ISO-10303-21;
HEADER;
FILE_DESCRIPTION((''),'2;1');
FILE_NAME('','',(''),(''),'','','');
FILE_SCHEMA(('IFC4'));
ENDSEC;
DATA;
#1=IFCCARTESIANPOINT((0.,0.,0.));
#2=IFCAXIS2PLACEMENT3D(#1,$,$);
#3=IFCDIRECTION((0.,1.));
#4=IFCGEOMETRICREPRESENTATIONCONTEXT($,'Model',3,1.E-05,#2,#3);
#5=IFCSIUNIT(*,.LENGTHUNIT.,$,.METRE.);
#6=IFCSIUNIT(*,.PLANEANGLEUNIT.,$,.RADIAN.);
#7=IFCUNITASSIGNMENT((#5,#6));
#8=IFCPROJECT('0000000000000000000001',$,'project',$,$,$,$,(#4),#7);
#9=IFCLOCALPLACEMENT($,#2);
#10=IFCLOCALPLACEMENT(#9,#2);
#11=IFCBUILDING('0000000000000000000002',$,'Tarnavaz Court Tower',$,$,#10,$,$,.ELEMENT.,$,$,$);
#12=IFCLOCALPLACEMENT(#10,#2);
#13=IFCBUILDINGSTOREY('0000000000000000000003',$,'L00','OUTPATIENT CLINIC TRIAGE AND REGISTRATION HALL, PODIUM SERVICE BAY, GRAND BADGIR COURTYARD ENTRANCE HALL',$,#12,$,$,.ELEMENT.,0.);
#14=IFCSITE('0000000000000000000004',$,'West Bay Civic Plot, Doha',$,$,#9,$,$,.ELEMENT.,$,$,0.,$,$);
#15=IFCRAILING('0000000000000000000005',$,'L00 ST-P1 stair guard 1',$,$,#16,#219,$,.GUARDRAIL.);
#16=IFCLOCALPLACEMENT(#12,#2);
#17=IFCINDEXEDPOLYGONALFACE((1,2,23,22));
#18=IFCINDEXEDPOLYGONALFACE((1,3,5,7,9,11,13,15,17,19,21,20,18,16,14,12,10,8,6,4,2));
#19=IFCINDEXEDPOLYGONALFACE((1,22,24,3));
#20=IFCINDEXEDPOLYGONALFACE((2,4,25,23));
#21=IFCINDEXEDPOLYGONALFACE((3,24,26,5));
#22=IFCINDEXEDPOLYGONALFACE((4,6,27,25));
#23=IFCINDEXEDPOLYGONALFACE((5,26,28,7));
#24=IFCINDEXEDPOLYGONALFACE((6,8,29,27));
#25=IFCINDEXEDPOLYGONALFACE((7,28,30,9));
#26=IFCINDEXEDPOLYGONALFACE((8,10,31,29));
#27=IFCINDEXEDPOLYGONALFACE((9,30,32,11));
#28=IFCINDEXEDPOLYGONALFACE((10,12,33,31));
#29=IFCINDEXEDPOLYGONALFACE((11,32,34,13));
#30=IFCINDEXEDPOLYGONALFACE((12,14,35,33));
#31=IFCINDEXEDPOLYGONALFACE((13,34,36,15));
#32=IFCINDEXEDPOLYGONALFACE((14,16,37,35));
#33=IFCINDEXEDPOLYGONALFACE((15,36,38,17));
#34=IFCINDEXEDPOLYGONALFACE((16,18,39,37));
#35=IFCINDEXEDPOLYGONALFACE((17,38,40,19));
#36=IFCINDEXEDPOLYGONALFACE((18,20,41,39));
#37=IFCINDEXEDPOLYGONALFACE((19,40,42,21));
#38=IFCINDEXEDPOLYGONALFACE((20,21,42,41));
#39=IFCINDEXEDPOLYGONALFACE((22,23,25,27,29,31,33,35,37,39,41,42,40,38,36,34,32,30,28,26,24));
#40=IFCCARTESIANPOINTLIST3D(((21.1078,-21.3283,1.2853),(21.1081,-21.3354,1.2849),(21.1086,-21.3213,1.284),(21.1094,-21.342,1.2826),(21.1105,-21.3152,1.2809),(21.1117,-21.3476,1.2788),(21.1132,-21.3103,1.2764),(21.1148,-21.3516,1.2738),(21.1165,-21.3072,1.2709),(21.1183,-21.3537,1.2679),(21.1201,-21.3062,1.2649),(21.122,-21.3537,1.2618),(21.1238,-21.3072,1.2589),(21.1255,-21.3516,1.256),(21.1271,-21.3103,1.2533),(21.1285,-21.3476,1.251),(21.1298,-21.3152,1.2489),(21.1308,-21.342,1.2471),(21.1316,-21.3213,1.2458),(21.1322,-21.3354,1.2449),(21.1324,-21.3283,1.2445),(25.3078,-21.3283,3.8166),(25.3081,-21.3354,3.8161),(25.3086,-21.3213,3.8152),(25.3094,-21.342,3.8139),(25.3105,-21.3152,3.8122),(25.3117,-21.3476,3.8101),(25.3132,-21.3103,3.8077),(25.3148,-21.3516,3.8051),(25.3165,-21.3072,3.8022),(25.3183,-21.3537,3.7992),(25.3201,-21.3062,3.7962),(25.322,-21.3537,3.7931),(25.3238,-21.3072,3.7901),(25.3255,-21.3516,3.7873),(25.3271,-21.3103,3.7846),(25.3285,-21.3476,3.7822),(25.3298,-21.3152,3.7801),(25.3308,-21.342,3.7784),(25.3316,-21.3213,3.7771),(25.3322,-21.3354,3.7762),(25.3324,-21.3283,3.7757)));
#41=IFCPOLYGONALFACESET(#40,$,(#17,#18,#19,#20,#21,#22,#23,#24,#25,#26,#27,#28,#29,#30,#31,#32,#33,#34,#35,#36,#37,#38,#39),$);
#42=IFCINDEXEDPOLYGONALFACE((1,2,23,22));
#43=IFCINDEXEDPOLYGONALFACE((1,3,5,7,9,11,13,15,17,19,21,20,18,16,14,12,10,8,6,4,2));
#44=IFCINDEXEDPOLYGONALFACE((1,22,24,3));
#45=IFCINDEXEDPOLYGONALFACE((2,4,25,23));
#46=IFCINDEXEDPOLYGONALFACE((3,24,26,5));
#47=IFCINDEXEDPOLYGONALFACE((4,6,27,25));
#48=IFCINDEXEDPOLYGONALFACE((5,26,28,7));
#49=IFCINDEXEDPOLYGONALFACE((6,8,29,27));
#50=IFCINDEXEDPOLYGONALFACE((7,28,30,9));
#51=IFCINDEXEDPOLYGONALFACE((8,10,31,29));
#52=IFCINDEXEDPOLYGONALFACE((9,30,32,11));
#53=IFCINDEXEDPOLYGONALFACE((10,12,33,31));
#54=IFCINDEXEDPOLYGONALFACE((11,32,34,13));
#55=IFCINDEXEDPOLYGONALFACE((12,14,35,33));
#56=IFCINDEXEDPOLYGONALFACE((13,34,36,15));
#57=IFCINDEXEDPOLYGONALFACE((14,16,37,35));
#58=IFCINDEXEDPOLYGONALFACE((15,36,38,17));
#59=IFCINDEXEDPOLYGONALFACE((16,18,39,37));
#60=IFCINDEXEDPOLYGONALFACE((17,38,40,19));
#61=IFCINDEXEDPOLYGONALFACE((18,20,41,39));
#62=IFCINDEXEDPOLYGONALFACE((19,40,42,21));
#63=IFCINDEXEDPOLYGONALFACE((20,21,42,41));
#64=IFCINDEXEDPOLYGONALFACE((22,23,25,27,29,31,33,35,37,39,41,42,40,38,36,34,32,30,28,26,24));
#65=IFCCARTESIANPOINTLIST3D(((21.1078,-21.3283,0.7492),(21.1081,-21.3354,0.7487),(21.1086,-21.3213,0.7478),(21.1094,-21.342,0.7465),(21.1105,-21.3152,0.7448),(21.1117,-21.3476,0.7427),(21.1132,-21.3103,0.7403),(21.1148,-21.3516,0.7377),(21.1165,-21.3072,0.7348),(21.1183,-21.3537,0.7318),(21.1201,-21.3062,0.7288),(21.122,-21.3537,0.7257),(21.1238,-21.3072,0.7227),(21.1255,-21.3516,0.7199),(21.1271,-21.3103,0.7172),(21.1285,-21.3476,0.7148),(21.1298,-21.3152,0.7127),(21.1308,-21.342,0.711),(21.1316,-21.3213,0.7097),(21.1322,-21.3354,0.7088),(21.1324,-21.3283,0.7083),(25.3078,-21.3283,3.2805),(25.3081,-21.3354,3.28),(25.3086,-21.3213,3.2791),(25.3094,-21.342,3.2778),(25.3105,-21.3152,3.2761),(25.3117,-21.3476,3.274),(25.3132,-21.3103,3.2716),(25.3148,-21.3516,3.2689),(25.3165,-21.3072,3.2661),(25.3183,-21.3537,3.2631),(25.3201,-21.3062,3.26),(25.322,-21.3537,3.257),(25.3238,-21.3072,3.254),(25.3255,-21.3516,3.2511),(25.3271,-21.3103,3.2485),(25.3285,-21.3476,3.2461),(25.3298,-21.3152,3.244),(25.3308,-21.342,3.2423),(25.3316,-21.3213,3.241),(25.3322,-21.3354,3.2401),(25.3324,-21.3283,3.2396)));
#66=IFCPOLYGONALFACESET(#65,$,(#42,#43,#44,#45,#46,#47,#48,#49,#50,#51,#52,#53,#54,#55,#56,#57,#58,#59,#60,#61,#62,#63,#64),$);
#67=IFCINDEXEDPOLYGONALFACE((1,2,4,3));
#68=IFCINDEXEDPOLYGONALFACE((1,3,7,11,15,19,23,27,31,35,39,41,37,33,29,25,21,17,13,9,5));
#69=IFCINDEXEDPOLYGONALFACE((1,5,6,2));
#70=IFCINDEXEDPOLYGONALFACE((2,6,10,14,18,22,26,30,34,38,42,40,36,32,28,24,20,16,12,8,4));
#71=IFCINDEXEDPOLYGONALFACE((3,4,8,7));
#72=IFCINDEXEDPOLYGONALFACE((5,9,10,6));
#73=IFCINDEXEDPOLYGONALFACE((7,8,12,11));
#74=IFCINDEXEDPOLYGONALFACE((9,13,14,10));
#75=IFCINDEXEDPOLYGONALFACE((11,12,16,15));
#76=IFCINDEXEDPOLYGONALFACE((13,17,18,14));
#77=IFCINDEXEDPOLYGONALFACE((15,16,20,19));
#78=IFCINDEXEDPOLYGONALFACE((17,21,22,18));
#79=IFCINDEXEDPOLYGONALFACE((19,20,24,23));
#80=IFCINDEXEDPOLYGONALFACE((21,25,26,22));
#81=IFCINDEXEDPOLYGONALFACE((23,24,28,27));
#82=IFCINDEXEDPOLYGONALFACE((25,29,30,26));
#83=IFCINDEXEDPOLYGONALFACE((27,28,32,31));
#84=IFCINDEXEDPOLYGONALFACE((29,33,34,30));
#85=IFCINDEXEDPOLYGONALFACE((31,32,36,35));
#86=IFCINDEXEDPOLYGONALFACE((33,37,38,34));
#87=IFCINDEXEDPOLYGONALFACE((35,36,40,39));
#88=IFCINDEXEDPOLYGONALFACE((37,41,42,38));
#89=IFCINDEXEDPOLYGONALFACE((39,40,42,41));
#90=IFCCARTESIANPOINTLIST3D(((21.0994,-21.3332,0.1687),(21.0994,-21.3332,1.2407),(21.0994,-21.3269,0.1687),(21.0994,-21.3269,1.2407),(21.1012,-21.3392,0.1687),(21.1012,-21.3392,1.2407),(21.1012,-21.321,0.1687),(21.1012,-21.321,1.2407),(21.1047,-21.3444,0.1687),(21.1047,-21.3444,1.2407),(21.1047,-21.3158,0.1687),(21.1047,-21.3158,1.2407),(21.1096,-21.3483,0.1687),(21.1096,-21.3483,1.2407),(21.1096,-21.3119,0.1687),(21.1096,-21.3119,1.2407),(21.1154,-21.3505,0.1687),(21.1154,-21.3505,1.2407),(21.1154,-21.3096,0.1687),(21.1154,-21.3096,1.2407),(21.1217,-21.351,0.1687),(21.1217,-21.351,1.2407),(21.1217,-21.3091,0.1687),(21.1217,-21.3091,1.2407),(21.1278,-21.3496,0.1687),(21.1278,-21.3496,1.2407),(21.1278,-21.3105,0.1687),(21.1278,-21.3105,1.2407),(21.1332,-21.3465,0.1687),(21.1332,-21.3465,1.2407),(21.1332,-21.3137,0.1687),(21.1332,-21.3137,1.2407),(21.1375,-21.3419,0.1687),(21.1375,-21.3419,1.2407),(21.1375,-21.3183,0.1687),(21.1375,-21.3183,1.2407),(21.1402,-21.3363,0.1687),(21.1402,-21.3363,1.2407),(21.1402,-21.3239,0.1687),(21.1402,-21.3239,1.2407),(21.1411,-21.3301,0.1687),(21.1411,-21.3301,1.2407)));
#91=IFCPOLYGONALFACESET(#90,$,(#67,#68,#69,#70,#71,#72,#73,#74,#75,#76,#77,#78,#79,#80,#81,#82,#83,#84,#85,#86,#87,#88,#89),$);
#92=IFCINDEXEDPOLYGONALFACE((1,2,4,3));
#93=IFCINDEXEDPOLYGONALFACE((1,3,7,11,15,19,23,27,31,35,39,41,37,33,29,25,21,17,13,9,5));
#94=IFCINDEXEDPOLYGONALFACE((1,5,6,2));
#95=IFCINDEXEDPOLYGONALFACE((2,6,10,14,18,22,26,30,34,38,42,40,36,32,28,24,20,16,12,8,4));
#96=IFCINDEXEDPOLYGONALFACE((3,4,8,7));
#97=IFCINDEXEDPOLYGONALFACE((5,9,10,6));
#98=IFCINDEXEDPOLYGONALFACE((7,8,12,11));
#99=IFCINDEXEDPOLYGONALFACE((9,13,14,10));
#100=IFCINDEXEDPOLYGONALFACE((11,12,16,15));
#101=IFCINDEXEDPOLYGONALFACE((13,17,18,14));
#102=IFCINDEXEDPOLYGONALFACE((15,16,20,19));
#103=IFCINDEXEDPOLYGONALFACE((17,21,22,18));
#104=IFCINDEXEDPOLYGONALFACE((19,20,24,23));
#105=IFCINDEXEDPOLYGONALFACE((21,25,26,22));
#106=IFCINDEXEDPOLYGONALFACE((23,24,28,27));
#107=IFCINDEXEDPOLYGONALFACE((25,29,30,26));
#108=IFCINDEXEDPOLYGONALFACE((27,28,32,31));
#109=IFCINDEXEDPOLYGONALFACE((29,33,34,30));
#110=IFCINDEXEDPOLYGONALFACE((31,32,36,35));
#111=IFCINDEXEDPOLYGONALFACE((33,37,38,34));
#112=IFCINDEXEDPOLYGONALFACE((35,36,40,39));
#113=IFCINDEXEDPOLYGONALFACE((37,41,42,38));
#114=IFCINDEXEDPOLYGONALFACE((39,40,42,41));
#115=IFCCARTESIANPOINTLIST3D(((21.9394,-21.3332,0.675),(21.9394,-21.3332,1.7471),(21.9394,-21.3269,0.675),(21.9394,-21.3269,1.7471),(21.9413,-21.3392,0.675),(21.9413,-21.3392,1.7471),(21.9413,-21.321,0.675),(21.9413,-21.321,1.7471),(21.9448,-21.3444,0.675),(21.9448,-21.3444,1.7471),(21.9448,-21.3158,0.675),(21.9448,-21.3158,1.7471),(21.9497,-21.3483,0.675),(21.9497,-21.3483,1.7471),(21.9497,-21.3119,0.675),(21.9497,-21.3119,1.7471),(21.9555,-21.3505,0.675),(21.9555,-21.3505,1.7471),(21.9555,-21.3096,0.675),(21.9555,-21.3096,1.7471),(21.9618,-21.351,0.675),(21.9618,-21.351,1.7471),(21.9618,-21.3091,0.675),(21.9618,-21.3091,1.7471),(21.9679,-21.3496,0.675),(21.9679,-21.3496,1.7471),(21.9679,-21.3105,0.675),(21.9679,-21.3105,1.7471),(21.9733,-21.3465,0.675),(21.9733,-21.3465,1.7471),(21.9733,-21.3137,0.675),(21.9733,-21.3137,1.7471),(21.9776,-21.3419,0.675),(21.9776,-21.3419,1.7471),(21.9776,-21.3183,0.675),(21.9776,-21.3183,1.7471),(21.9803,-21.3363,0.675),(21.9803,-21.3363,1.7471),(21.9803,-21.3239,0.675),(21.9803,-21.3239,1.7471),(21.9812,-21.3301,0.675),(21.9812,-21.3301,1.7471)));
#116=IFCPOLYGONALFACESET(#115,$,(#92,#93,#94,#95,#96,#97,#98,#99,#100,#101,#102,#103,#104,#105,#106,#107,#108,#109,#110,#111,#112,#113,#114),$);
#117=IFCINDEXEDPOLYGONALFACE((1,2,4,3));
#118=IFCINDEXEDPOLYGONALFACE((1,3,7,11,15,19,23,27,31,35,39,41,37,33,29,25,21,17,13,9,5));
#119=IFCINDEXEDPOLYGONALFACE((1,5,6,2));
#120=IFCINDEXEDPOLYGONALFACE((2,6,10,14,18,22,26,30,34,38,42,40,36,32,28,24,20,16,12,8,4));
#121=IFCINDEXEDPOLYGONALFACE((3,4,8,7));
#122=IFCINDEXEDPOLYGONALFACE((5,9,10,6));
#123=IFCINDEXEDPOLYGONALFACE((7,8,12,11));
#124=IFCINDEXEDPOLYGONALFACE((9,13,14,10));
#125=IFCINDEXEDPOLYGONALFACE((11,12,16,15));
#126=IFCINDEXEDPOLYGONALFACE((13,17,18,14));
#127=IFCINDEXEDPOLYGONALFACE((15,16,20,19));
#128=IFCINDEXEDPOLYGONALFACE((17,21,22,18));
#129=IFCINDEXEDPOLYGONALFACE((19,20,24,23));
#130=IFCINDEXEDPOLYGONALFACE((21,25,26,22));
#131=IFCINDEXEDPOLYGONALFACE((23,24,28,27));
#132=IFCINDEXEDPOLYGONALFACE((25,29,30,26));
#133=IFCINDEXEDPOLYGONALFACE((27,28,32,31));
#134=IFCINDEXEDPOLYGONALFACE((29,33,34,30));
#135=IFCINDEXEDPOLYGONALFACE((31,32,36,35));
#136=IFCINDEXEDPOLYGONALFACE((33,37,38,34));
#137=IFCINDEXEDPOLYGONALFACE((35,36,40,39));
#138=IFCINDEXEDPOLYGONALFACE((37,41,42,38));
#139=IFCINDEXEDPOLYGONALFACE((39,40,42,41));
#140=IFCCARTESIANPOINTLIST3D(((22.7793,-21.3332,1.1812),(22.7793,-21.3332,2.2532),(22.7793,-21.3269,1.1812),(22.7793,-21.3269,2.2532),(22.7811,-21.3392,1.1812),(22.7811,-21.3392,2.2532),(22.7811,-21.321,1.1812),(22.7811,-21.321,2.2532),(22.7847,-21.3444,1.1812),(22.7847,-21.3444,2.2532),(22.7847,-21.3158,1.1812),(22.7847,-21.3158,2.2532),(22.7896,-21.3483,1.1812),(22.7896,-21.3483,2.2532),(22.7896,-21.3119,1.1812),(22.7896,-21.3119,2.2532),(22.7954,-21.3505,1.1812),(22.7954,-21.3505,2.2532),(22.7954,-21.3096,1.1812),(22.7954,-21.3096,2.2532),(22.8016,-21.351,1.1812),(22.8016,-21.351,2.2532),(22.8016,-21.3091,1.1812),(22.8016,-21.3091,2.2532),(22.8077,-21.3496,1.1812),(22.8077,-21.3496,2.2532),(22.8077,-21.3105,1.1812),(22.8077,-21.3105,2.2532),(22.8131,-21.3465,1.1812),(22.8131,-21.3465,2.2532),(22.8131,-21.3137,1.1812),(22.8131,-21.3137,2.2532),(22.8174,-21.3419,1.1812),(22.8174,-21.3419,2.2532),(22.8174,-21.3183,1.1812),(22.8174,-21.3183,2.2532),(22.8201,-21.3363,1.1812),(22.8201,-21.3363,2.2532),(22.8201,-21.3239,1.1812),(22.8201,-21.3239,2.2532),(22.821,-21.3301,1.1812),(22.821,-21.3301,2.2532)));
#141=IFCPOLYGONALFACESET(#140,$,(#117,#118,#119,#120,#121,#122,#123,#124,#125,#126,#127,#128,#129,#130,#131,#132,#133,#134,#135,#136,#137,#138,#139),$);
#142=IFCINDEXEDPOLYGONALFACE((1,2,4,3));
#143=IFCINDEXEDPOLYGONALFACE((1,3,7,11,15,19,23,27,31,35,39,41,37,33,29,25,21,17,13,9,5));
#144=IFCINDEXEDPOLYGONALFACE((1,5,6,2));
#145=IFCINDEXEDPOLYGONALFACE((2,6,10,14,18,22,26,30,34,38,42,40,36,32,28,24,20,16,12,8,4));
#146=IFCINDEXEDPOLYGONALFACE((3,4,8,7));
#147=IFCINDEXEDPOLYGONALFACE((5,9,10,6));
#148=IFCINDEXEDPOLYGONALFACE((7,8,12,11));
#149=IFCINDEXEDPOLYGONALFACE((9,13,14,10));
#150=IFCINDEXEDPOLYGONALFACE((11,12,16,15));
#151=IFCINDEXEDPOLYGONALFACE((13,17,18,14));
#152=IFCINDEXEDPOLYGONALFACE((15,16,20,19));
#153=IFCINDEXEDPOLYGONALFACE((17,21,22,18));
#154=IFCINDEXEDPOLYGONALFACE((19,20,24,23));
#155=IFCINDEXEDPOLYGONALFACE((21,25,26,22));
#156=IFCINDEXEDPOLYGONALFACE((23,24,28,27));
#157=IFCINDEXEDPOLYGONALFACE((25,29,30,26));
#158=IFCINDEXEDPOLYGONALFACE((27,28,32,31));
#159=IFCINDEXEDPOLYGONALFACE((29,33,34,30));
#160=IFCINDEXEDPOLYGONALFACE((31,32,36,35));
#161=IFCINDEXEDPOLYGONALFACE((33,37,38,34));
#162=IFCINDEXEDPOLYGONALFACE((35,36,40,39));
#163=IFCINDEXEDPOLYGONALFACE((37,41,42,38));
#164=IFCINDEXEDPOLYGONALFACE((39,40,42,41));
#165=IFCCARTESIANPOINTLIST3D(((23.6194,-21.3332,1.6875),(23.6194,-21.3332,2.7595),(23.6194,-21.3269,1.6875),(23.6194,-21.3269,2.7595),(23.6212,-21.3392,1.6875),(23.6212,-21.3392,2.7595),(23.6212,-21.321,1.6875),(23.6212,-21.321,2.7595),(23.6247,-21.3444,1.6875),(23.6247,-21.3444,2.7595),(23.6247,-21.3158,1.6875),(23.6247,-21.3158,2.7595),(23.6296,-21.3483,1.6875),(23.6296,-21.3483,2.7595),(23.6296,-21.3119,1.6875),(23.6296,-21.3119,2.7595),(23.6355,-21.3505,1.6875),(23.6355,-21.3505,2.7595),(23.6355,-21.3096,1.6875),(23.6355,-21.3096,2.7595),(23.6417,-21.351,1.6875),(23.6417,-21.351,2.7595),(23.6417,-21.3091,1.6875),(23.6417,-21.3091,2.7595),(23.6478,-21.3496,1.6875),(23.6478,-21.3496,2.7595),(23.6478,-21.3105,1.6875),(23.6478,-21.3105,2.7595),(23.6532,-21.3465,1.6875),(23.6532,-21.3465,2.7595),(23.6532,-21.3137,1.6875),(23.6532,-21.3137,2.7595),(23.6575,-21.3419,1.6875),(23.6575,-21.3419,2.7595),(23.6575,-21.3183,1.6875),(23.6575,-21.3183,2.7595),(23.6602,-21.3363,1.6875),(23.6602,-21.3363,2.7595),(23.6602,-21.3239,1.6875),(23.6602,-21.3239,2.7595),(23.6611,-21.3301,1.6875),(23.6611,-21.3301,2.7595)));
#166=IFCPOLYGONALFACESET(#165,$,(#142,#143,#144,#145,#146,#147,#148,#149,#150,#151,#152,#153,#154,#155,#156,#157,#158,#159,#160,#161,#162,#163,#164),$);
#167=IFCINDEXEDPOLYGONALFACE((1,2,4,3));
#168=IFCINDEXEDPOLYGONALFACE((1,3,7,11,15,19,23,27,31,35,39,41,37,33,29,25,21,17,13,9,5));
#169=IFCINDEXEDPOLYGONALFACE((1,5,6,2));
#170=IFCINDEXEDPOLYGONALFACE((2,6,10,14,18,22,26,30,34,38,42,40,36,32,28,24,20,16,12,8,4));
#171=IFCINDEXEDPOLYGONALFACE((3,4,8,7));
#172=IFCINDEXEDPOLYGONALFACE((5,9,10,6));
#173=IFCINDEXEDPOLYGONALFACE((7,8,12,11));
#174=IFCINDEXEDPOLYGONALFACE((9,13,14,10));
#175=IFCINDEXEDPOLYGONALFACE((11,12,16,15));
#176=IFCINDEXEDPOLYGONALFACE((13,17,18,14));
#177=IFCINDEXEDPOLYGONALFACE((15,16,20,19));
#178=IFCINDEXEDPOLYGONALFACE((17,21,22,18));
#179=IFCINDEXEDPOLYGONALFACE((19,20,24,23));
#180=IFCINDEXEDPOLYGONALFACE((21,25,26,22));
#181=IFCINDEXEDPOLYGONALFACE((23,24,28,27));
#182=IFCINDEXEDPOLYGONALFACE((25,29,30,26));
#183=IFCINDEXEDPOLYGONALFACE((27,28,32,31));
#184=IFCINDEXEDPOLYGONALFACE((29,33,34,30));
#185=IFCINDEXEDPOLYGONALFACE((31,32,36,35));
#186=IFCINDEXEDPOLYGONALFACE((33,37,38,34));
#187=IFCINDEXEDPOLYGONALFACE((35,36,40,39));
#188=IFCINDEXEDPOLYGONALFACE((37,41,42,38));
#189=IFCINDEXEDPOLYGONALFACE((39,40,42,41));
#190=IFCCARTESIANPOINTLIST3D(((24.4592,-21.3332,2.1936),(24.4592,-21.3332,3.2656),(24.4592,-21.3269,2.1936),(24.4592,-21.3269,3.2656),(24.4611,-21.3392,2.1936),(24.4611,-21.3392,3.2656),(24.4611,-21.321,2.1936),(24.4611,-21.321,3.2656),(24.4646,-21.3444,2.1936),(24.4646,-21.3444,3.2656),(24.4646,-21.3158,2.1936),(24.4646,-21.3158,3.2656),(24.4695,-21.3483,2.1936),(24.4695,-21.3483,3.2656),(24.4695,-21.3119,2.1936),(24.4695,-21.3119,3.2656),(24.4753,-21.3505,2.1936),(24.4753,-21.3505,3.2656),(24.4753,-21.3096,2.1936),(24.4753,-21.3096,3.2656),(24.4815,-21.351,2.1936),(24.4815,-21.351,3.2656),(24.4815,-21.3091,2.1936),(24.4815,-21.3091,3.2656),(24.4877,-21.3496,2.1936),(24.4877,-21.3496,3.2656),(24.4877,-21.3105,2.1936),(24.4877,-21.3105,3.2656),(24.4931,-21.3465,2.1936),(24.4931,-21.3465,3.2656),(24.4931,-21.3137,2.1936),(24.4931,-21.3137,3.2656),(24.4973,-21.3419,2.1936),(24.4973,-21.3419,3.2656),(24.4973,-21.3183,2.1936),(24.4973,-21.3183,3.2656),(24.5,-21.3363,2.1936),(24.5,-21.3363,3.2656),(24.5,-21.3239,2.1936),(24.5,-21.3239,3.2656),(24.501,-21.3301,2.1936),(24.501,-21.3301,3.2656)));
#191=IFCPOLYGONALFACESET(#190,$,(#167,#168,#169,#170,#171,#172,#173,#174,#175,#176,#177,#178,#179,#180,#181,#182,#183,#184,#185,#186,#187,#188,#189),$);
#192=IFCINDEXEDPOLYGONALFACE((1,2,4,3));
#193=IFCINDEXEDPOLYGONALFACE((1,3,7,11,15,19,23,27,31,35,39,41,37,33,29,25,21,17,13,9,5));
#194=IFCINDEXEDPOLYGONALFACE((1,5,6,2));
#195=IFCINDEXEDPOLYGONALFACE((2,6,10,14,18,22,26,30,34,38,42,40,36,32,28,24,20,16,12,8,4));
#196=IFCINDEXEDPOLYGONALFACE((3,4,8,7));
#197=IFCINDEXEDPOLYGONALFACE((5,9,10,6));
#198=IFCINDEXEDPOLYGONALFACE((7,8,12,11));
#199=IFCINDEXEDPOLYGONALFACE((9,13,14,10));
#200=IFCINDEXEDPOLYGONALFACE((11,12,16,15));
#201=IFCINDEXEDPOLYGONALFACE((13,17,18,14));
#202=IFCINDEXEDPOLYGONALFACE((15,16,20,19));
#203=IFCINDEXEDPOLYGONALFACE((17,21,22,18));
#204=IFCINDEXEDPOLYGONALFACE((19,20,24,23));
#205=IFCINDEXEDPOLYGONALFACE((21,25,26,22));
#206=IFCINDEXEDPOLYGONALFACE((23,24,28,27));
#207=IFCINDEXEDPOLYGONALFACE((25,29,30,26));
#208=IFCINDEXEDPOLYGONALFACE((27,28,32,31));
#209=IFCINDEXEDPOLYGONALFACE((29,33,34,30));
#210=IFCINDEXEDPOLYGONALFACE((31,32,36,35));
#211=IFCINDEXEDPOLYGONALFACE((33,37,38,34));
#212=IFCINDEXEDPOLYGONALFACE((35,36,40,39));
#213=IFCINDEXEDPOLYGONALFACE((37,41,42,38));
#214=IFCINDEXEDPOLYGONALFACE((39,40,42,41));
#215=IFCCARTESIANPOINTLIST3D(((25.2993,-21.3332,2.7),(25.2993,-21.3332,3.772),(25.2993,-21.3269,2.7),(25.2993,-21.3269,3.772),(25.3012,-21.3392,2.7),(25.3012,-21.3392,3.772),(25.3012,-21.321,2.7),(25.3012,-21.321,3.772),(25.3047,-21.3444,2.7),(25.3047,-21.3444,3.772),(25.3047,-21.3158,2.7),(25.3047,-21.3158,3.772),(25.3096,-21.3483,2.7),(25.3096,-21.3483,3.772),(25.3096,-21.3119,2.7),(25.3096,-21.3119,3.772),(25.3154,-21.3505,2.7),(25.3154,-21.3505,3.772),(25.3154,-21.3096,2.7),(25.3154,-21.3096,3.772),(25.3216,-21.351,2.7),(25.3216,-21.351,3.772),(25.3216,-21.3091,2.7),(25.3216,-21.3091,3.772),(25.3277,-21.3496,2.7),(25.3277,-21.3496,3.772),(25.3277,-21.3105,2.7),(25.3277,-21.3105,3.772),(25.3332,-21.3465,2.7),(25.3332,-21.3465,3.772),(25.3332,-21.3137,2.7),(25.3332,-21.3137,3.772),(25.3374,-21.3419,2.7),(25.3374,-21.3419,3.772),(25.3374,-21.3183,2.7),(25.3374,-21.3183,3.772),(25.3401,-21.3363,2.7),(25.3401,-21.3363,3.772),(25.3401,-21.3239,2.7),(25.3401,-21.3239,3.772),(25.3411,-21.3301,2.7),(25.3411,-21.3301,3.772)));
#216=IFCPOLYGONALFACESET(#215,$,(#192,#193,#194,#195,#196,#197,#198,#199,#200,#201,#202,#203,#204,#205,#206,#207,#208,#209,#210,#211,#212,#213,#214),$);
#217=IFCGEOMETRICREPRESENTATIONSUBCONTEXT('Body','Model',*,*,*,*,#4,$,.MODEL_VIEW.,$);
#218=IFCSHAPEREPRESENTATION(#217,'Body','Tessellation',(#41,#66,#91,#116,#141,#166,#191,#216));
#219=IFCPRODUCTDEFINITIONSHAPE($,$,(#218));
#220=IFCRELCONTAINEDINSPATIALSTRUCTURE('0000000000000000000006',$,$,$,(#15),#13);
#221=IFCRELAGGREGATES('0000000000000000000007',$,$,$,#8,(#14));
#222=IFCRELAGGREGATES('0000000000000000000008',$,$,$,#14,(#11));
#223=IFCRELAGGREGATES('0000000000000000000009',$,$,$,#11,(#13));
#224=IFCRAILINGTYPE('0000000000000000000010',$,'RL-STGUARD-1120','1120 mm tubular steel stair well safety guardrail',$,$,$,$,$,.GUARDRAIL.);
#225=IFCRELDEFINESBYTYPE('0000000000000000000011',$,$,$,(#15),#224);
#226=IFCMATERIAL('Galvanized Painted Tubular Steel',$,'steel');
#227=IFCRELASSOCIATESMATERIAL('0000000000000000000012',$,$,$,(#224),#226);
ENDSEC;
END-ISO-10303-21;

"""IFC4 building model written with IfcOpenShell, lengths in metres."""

from ifc_helpers import new_model, si_unit, direction, frame, origin, origin_2d, place, context, subcontext, project, spatial, circle, extrude, material, type_object, element, save


model = new_model("IFC4")

# Units and contexts
model_context = context("Model", 3, precision=1e-05, world=origin(), true_north=direction((0.0, 1.0)))
body_context = subcontext(model_context, "Body", "Model", "MODEL_VIEW")
ifc_project = project(units=[si_unit("LENGTHUNIT", "METRE"), si_unit("PLANEANGLEUNIT", "RADIAN")], contexts=[model_context])

# Site, building, storey
site_placement = place(None, origin())
site = spatial("IfcSite", under=ifc_project, at=site_placement, Name="West Bay Civic Plot, Doha", CompositionType="ELEMENT", RefElevation=0.0)
building_placement = place(site_placement, origin())
building = spatial("IfcBuilding", under=site, at=building_placement, Name="Tarnavaz Court Tower", CompositionType="ELEMENT")
storey_placement = place(building_placement, origin())
storey = spatial("IfcBuildingStorey", under=building, at=storey_placement, Name="L00", Description="OUTPATIENT CLINIC TRIAGE AND REGISTRATION HALL, PODIUM SERVICE BAY, GRAND BADGIR COURTYARD ENTRANCE HALL", CompositionType="ELEMENT", Elevation=0.0)

# Railing
ifc_material_1 = material(Name="Galvanized Painted Tubular Steel", Category="steel")
railing_type_1 = type_object("IfcRailingType", Name="RL-STGUARD-1120", Description="1120 mm tubular steel stair well safety guardrail", PredefinedType="GUARDRAIL", material=ifc_material_1)
railing_1_placement = place(storey_placement, frame((21.1201, -21.3301, 0.1687)))
element("IfcRailing", 1, at=railing_1_placement, inside=storey, type_object=railing_type_1, Name="L00 ST-P1 stair guard 1", PredefinedType="GUARDRAIL", context=body_context, shape_type="SweptSolid", body=[
    extrude(circle(Radius=0.0239, at=origin_2d()), frame((0.0, 0.0, 1.0962), z_axis=(0.856476, 0.0, 0.516186), x_axis=(0.0, 1.0, 0.0)), (0.0, 0.0, 1.0), 4.9038),
    extrude(circle(Radius=0.0239, at=origin_2d()), frame((0.0, 0.0, 0.5601), z_axis=(0.856476, 0.0, 0.516186), x_axis=(0.0, 1.0, 0.0)), (0.0, 0.0, 1.0), 4.9038),
    extrude(circle(Radius=0.021, at=origin_2d()), origin(), (0.0, 0.0, 1.0), 1.072),
    extrude(circle(Radius=0.021, at=origin_2d()), frame((0.8401, 0.0, 0.5063)), (0.0, 0.0, 1.0), 1.072),
    extrude(circle(Radius=0.021, at=origin_2d()), frame((1.6799, 0.0, 1.0125)), (0.0, 0.0, 1.0), 1.072),
    extrude(circle(Radius=0.021, at=origin_2d()), frame((2.52, 0.0, 1.5188)), (0.0, 0.0, 1.0), 1.072),
    extrude(circle(Radius=0.021, at=origin_2d()), frame((3.3599, 0.0, 2.0249)), (0.0, 0.0, 1.0), 1.072),
    extrude(circle(Radius=0.021, at=origin_2d()), frame((4.2, 0.0, 2.5312)), (0.0, 0.0, 1.0), 1.072),
])

save(model, "model.ifc")
